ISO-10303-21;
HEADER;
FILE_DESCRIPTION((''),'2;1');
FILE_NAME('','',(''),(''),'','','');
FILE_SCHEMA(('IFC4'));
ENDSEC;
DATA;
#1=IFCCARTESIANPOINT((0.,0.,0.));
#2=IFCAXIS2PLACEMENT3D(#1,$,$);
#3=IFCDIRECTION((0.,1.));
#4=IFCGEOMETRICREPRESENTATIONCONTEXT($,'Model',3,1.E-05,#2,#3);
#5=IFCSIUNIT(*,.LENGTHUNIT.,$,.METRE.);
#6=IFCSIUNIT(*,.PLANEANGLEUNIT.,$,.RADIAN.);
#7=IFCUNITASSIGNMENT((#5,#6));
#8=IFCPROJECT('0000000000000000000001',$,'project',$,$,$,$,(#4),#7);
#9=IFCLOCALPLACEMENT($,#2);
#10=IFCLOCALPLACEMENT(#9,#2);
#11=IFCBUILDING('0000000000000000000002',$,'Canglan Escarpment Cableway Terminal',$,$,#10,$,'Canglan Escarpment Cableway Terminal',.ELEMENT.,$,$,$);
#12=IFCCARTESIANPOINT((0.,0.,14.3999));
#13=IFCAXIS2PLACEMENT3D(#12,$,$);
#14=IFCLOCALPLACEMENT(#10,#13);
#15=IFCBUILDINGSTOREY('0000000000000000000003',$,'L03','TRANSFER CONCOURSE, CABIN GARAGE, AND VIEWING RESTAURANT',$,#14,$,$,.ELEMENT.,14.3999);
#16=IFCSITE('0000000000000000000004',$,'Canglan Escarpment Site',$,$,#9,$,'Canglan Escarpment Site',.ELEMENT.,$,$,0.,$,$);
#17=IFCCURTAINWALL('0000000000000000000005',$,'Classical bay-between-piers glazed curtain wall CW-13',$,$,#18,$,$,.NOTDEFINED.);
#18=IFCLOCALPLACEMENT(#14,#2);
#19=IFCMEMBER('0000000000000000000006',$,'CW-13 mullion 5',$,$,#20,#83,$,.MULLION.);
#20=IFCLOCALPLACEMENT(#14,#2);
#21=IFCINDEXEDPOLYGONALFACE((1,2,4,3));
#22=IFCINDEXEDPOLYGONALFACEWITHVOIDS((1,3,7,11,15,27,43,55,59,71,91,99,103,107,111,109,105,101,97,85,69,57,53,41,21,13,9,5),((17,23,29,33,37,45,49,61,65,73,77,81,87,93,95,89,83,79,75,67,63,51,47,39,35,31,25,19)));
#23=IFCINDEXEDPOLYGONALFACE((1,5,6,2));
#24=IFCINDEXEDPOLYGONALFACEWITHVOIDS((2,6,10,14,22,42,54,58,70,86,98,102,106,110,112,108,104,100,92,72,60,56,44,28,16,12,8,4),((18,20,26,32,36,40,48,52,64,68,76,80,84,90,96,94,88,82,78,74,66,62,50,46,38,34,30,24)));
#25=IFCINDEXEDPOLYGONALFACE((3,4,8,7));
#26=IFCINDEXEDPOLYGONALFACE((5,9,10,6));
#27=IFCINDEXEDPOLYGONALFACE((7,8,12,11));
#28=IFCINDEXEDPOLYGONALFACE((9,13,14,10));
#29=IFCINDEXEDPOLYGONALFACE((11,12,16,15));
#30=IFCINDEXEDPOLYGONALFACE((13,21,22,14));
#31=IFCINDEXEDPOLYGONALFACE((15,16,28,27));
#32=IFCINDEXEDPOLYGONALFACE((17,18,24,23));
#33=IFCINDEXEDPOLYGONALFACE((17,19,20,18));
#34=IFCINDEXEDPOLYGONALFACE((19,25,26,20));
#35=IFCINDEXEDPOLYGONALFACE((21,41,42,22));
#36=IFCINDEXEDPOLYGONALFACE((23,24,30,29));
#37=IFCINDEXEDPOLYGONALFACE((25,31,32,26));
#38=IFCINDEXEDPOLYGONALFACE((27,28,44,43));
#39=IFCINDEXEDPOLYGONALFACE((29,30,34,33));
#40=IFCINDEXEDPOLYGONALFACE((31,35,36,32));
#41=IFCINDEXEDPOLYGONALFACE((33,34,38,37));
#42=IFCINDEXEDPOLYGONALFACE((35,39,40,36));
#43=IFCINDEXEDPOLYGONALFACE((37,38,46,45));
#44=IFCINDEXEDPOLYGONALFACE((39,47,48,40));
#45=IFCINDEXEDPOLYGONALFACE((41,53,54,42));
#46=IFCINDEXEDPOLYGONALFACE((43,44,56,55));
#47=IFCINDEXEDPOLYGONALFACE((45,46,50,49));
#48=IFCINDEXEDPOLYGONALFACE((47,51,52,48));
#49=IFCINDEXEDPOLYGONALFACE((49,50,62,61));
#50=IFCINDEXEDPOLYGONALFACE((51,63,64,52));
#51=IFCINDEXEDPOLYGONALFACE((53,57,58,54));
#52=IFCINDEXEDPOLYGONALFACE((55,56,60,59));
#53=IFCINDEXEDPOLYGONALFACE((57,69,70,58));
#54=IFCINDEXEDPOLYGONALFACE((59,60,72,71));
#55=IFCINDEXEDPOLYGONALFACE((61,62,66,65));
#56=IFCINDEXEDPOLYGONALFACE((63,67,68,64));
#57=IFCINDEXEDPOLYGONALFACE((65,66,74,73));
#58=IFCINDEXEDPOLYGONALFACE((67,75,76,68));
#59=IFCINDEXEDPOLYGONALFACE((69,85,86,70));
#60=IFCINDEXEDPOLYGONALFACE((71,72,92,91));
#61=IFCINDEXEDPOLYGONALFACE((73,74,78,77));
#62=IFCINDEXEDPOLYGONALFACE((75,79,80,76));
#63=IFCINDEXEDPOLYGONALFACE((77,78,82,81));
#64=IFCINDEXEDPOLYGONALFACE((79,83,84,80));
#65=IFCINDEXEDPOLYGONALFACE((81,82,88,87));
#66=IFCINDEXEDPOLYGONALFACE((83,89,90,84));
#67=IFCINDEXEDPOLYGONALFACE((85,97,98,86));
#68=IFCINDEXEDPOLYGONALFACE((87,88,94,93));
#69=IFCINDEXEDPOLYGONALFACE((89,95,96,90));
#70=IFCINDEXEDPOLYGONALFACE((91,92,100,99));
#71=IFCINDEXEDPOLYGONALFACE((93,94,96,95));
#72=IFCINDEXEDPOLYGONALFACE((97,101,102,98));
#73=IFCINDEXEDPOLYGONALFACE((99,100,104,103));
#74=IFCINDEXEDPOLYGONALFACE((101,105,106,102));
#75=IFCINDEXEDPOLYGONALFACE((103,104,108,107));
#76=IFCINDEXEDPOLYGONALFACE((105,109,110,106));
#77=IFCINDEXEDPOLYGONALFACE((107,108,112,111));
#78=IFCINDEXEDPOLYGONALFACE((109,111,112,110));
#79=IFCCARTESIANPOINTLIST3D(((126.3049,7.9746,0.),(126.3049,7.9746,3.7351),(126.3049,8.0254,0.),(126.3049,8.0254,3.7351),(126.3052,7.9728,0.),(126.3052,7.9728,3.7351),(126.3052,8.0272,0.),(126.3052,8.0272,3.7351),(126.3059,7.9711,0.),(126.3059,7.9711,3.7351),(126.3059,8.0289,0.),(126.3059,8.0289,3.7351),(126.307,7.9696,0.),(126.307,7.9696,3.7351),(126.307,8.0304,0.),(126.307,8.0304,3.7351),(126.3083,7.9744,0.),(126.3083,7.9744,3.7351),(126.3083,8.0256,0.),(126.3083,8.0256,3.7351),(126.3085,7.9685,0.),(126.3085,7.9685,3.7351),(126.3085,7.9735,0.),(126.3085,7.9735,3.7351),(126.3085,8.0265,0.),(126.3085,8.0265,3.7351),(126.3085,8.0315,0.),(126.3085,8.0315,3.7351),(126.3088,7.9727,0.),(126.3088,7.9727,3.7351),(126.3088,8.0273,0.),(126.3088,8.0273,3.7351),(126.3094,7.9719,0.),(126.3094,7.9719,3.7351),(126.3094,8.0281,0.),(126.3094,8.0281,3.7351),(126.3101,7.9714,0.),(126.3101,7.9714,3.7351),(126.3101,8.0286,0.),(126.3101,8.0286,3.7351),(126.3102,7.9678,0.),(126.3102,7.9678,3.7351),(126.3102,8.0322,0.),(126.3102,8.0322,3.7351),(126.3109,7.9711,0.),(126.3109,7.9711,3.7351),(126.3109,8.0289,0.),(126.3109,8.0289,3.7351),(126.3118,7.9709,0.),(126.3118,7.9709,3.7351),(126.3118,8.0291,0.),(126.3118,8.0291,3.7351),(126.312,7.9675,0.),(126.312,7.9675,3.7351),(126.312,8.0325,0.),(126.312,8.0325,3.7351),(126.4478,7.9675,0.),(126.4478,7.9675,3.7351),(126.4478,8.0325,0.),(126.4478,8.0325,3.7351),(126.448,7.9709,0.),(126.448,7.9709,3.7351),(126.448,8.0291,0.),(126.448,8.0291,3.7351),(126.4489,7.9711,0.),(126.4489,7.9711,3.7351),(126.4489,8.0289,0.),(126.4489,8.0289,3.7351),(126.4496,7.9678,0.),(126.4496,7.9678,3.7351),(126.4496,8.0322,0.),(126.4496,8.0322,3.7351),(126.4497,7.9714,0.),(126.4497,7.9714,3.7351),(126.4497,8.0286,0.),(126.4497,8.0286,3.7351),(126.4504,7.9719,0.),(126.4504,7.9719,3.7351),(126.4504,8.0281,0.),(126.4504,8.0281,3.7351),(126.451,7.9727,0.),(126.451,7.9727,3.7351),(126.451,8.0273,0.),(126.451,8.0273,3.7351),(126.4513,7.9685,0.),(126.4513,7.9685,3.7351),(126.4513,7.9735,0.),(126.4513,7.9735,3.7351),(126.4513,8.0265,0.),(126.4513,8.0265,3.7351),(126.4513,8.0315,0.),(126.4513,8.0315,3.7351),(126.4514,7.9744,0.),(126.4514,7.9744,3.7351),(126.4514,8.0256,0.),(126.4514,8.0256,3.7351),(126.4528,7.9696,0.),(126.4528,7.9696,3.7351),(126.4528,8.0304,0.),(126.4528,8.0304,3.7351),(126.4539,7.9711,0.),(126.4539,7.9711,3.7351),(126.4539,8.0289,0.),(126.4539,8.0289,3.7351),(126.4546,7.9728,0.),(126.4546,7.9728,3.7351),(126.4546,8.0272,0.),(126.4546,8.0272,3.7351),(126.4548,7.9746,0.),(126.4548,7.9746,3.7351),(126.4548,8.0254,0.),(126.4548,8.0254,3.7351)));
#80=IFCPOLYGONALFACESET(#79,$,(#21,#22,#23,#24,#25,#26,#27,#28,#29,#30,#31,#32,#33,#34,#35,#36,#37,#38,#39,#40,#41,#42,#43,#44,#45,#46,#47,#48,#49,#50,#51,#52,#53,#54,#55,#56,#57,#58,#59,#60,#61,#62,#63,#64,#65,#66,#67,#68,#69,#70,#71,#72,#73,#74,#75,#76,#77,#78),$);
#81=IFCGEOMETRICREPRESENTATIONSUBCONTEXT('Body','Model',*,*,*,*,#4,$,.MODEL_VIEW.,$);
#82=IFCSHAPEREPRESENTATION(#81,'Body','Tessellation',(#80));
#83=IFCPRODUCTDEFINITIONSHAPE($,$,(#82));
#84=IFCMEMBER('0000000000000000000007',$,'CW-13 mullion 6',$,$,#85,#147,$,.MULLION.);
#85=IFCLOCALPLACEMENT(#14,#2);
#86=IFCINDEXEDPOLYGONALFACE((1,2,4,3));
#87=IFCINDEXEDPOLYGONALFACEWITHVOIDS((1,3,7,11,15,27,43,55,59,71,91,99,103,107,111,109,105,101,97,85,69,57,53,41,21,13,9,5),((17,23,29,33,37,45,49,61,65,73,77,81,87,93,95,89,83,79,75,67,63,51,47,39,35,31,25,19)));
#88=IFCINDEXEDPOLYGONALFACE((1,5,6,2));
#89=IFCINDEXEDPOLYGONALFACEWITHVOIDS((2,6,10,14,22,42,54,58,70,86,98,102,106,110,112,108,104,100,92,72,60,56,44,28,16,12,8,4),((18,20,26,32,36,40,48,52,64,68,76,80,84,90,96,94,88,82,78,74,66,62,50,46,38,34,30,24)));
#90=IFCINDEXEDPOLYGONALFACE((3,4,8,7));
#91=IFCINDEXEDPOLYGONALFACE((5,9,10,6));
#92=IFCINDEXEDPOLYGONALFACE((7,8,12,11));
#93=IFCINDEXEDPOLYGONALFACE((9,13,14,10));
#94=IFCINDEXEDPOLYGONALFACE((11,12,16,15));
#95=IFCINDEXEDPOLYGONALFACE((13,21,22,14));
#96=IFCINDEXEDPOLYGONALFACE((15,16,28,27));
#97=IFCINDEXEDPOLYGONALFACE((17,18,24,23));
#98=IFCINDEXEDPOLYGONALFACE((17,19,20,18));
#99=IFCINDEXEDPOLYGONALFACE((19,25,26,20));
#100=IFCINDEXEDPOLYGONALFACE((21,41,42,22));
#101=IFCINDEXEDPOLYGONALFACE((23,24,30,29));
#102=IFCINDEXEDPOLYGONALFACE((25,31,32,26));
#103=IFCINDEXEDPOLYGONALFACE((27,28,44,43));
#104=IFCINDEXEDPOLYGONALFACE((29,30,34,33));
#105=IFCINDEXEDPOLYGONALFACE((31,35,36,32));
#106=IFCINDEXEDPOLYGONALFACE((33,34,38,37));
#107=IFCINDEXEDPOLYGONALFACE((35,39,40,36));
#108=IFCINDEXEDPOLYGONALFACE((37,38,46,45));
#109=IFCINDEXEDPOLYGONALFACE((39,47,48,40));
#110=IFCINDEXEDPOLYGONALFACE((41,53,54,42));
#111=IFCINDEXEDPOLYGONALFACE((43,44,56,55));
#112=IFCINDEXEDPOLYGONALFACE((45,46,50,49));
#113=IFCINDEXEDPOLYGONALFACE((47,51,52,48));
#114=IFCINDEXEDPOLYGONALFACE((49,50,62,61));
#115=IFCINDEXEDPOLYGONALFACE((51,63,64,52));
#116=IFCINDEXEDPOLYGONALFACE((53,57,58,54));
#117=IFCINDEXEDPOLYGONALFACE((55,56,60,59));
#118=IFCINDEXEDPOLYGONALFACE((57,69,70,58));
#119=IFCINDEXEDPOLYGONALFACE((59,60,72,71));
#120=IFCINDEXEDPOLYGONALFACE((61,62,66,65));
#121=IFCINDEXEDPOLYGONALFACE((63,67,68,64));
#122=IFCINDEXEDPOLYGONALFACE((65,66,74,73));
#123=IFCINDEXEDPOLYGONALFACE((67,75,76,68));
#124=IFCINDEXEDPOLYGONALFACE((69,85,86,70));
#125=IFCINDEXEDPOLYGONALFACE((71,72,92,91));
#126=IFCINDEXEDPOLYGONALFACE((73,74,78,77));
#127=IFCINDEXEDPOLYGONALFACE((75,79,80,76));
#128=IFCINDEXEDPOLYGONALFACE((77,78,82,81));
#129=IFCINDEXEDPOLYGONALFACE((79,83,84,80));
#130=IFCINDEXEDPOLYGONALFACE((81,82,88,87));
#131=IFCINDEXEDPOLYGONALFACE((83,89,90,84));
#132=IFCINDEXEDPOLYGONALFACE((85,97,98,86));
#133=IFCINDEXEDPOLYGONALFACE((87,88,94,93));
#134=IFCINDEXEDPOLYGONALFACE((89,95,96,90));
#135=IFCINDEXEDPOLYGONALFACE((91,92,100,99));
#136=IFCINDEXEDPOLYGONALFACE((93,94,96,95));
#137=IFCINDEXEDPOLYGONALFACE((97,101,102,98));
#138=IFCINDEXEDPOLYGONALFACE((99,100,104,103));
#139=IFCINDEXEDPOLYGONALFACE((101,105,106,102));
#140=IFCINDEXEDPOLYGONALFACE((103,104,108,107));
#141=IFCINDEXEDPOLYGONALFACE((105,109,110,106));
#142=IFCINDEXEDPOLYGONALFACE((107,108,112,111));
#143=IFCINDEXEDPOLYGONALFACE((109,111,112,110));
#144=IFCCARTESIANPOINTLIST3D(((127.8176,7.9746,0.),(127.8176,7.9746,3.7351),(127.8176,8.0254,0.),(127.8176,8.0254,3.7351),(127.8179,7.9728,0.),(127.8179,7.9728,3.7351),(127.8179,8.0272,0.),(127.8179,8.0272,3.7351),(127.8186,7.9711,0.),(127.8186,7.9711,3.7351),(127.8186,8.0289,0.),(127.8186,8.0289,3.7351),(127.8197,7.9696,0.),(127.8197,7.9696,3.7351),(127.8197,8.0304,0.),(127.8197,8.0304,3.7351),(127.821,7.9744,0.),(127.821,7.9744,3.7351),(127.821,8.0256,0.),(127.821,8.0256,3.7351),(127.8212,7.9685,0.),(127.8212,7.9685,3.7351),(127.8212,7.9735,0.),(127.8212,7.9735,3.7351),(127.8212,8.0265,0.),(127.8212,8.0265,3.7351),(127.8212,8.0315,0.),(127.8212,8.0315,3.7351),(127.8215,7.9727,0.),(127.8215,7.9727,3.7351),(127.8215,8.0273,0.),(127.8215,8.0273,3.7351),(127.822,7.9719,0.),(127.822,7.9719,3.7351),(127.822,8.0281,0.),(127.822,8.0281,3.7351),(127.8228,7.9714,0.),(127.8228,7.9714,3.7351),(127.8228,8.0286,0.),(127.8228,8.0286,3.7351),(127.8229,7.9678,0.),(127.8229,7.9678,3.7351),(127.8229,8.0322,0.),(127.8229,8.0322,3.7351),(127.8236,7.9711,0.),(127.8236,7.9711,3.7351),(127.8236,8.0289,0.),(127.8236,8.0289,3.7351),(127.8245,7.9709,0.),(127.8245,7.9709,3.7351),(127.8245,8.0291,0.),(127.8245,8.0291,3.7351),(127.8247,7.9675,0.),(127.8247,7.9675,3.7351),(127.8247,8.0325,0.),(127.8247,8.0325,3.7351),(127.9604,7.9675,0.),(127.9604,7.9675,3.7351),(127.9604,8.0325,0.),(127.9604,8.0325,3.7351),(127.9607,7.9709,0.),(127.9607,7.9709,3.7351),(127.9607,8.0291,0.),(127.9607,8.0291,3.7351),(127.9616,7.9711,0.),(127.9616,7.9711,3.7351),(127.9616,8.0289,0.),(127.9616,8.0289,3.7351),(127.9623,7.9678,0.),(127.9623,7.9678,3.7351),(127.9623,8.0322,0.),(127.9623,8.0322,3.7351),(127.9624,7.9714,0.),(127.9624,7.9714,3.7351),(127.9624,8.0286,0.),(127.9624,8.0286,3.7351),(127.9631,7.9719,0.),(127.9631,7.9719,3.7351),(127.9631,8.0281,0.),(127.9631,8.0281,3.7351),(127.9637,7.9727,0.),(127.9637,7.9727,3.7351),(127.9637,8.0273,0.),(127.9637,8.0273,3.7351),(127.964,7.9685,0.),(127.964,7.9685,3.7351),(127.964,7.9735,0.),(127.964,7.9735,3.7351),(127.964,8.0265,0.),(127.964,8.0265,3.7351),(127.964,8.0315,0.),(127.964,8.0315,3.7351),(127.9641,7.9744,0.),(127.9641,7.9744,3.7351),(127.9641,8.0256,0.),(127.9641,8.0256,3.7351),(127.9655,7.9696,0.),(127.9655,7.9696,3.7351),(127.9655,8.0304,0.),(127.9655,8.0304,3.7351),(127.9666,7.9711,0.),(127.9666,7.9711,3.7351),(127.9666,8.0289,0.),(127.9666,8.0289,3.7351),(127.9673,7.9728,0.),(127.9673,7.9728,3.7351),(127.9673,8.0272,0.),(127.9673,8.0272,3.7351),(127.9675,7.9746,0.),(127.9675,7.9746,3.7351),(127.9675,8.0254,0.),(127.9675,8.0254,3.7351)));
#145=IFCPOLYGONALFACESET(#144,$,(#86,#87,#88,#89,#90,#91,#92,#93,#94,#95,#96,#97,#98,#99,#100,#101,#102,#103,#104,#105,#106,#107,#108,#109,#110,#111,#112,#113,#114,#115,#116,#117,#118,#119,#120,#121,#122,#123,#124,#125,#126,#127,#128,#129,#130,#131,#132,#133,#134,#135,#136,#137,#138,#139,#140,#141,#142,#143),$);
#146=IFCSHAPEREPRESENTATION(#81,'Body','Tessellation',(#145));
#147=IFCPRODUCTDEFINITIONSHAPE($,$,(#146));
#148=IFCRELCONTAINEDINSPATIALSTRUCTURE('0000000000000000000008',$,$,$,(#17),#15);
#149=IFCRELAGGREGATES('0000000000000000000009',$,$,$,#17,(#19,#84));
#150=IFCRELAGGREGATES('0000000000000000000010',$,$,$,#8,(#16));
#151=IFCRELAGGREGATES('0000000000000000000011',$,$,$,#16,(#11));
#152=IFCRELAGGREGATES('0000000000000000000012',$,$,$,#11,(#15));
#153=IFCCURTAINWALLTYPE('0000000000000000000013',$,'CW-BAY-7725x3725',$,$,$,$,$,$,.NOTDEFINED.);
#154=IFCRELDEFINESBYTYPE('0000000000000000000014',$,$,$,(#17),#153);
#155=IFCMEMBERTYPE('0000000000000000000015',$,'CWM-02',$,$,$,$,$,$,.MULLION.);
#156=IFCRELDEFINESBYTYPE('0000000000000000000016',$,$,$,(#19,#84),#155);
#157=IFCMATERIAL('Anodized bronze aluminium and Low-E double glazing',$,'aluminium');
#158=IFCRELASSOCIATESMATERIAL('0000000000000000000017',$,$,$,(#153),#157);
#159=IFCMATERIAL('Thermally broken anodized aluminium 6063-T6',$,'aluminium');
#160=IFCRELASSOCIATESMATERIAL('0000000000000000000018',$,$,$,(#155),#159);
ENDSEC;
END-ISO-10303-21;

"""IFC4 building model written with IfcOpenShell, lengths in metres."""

from ifc_helpers import new_model, si_unit, direction, frame, origin, origin_2d, place, context, subcontext, project, spatial, hollow_rectangle, extrude, material, material_profile, profile_set, type_object, element, aggregate, save


model = new_model("IFC4")

# Units and contexts
model_context = context("Model", 3, precision=1e-05, world=origin(), true_north=direction((0.0, 1.0)))
body_context = subcontext(model_context, "Body", "Model", "MODEL_VIEW")
ifc_project = project(units=[si_unit("LENGTHUNIT", "METRE"), si_unit("PLANEANGLEUNIT", "RADIAN")], contexts=[model_context])

# Site, building, storey
site_placement = place(None, origin())
site = spatial("IfcSite", under=ifc_project, at=site_placement, Name="Canglan Escarpment Site", LongName="Canglan Escarpment Site", CompositionType="ELEMENT", RefElevation=0.0)
building_placement = place(site_placement, origin())
building = spatial("IfcBuilding", under=site, at=building_placement, Name="Canglan Escarpment Cableway Terminal", LongName="Canglan Escarpment Cableway Terminal", CompositionType="ELEMENT")
storey_placement = place(building_placement, frame((0.0, 0.0, 14.3999)))
storey = spatial("IfcBuildingStorey", under=building, at=storey_placement, Name="L03", Description="TRANSFER CONCOURSE, CABIN GARAGE, AND VIEWING RESTAURANT", CompositionType="ELEMENT", Elevation=14.3999)

# Curtain wall, members
ifc_material_1 = material(Name="Anodized bronze aluminium and Low-E double glazing", Category="aluminium")
curtain_wall_type = type_object("IfcCurtainWallType", Name="CW-BAY-7725x3725", PredefinedType="NOTDEFINED", material=ifc_material_1)
curtain_wall_placement = place(storey_placement, origin())
curtain_wall = element("IfcCurtainWall", 1, at=curtain_wall_placement, inside=storey, type_object=curtain_wall_type, Name="Classical bay-between-piers glazed curtain wall CW-13", PredefinedType="NOTDEFINED")
ifc_material_2 = material(Name="Thermally broken anodized aluminium 6063-T6", Category="aluminium")
ifc_material_profile_1 = material_profile(ifc_material_2, hollow_rectangle(XDim=0.0649, YDim=0.1499, WallThickness=0.0034, InnerFilletRadius=0.0034, OuterFilletRadius=0.0071, at=origin_2d()), Name="ALU-MULL 65x150x3.5")
ifc_profile_set_1 = profile_set([ifc_material_profile_1], Name="Thermally broken anodized aluminium 6063-T6")
member_type_1 = type_object("IfcMemberType", Name="CWM-02", PredefinedType="MULLION", material=ifc_profile_set_1)
member_1_placement = place(storey_placement, frame((126.3799, 8.0, 0.0), z_axis=(0.0, 0.0, 1.0), x_axis=(0.0, 1.0, 0.0)))
member_1 = element("IfcMember", 2, at=member_1_placement, type_object=member_type_1, Name="CW-13 mullion 5", PredefinedType="MULLION", context=body_context, shape_type="SweptSolid", body=[
    extrude(hollow_rectangle(XDim=0.0649, YDim=0.1499, WallThickness=0.0034, InnerFilletRadius=0.0034, OuterFilletRadius=0.0071, at=origin_2d()), origin(), (0.0, 0.0, 1.0), 3.7351),
])
member_2_placement = place(storey_placement, frame((127.8926, 8.0, 0.0), z_axis=(0.0, 0.0, 1.0), x_axis=(0.0, 1.0, 0.0)))
member_2 = element("IfcMember", 3, at=member_2_placement, type_object=member_type_1, Name="CW-13 mullion 6", PredefinedType="MULLION", context=body_context, shape_type="SweptSolid", body=[
    extrude(hollow_rectangle(XDim=0.0649, YDim=0.1499, WallThickness=0.0034, InnerFilletRadius=0.0034, OuterFilletRadius=0.0071, at=origin_2d()), origin(), (0.0, 0.0, 1.0), 3.7351),
])

aggregate(curtain_wall, [member_1, member_2])

save(model, "model.ifc")
